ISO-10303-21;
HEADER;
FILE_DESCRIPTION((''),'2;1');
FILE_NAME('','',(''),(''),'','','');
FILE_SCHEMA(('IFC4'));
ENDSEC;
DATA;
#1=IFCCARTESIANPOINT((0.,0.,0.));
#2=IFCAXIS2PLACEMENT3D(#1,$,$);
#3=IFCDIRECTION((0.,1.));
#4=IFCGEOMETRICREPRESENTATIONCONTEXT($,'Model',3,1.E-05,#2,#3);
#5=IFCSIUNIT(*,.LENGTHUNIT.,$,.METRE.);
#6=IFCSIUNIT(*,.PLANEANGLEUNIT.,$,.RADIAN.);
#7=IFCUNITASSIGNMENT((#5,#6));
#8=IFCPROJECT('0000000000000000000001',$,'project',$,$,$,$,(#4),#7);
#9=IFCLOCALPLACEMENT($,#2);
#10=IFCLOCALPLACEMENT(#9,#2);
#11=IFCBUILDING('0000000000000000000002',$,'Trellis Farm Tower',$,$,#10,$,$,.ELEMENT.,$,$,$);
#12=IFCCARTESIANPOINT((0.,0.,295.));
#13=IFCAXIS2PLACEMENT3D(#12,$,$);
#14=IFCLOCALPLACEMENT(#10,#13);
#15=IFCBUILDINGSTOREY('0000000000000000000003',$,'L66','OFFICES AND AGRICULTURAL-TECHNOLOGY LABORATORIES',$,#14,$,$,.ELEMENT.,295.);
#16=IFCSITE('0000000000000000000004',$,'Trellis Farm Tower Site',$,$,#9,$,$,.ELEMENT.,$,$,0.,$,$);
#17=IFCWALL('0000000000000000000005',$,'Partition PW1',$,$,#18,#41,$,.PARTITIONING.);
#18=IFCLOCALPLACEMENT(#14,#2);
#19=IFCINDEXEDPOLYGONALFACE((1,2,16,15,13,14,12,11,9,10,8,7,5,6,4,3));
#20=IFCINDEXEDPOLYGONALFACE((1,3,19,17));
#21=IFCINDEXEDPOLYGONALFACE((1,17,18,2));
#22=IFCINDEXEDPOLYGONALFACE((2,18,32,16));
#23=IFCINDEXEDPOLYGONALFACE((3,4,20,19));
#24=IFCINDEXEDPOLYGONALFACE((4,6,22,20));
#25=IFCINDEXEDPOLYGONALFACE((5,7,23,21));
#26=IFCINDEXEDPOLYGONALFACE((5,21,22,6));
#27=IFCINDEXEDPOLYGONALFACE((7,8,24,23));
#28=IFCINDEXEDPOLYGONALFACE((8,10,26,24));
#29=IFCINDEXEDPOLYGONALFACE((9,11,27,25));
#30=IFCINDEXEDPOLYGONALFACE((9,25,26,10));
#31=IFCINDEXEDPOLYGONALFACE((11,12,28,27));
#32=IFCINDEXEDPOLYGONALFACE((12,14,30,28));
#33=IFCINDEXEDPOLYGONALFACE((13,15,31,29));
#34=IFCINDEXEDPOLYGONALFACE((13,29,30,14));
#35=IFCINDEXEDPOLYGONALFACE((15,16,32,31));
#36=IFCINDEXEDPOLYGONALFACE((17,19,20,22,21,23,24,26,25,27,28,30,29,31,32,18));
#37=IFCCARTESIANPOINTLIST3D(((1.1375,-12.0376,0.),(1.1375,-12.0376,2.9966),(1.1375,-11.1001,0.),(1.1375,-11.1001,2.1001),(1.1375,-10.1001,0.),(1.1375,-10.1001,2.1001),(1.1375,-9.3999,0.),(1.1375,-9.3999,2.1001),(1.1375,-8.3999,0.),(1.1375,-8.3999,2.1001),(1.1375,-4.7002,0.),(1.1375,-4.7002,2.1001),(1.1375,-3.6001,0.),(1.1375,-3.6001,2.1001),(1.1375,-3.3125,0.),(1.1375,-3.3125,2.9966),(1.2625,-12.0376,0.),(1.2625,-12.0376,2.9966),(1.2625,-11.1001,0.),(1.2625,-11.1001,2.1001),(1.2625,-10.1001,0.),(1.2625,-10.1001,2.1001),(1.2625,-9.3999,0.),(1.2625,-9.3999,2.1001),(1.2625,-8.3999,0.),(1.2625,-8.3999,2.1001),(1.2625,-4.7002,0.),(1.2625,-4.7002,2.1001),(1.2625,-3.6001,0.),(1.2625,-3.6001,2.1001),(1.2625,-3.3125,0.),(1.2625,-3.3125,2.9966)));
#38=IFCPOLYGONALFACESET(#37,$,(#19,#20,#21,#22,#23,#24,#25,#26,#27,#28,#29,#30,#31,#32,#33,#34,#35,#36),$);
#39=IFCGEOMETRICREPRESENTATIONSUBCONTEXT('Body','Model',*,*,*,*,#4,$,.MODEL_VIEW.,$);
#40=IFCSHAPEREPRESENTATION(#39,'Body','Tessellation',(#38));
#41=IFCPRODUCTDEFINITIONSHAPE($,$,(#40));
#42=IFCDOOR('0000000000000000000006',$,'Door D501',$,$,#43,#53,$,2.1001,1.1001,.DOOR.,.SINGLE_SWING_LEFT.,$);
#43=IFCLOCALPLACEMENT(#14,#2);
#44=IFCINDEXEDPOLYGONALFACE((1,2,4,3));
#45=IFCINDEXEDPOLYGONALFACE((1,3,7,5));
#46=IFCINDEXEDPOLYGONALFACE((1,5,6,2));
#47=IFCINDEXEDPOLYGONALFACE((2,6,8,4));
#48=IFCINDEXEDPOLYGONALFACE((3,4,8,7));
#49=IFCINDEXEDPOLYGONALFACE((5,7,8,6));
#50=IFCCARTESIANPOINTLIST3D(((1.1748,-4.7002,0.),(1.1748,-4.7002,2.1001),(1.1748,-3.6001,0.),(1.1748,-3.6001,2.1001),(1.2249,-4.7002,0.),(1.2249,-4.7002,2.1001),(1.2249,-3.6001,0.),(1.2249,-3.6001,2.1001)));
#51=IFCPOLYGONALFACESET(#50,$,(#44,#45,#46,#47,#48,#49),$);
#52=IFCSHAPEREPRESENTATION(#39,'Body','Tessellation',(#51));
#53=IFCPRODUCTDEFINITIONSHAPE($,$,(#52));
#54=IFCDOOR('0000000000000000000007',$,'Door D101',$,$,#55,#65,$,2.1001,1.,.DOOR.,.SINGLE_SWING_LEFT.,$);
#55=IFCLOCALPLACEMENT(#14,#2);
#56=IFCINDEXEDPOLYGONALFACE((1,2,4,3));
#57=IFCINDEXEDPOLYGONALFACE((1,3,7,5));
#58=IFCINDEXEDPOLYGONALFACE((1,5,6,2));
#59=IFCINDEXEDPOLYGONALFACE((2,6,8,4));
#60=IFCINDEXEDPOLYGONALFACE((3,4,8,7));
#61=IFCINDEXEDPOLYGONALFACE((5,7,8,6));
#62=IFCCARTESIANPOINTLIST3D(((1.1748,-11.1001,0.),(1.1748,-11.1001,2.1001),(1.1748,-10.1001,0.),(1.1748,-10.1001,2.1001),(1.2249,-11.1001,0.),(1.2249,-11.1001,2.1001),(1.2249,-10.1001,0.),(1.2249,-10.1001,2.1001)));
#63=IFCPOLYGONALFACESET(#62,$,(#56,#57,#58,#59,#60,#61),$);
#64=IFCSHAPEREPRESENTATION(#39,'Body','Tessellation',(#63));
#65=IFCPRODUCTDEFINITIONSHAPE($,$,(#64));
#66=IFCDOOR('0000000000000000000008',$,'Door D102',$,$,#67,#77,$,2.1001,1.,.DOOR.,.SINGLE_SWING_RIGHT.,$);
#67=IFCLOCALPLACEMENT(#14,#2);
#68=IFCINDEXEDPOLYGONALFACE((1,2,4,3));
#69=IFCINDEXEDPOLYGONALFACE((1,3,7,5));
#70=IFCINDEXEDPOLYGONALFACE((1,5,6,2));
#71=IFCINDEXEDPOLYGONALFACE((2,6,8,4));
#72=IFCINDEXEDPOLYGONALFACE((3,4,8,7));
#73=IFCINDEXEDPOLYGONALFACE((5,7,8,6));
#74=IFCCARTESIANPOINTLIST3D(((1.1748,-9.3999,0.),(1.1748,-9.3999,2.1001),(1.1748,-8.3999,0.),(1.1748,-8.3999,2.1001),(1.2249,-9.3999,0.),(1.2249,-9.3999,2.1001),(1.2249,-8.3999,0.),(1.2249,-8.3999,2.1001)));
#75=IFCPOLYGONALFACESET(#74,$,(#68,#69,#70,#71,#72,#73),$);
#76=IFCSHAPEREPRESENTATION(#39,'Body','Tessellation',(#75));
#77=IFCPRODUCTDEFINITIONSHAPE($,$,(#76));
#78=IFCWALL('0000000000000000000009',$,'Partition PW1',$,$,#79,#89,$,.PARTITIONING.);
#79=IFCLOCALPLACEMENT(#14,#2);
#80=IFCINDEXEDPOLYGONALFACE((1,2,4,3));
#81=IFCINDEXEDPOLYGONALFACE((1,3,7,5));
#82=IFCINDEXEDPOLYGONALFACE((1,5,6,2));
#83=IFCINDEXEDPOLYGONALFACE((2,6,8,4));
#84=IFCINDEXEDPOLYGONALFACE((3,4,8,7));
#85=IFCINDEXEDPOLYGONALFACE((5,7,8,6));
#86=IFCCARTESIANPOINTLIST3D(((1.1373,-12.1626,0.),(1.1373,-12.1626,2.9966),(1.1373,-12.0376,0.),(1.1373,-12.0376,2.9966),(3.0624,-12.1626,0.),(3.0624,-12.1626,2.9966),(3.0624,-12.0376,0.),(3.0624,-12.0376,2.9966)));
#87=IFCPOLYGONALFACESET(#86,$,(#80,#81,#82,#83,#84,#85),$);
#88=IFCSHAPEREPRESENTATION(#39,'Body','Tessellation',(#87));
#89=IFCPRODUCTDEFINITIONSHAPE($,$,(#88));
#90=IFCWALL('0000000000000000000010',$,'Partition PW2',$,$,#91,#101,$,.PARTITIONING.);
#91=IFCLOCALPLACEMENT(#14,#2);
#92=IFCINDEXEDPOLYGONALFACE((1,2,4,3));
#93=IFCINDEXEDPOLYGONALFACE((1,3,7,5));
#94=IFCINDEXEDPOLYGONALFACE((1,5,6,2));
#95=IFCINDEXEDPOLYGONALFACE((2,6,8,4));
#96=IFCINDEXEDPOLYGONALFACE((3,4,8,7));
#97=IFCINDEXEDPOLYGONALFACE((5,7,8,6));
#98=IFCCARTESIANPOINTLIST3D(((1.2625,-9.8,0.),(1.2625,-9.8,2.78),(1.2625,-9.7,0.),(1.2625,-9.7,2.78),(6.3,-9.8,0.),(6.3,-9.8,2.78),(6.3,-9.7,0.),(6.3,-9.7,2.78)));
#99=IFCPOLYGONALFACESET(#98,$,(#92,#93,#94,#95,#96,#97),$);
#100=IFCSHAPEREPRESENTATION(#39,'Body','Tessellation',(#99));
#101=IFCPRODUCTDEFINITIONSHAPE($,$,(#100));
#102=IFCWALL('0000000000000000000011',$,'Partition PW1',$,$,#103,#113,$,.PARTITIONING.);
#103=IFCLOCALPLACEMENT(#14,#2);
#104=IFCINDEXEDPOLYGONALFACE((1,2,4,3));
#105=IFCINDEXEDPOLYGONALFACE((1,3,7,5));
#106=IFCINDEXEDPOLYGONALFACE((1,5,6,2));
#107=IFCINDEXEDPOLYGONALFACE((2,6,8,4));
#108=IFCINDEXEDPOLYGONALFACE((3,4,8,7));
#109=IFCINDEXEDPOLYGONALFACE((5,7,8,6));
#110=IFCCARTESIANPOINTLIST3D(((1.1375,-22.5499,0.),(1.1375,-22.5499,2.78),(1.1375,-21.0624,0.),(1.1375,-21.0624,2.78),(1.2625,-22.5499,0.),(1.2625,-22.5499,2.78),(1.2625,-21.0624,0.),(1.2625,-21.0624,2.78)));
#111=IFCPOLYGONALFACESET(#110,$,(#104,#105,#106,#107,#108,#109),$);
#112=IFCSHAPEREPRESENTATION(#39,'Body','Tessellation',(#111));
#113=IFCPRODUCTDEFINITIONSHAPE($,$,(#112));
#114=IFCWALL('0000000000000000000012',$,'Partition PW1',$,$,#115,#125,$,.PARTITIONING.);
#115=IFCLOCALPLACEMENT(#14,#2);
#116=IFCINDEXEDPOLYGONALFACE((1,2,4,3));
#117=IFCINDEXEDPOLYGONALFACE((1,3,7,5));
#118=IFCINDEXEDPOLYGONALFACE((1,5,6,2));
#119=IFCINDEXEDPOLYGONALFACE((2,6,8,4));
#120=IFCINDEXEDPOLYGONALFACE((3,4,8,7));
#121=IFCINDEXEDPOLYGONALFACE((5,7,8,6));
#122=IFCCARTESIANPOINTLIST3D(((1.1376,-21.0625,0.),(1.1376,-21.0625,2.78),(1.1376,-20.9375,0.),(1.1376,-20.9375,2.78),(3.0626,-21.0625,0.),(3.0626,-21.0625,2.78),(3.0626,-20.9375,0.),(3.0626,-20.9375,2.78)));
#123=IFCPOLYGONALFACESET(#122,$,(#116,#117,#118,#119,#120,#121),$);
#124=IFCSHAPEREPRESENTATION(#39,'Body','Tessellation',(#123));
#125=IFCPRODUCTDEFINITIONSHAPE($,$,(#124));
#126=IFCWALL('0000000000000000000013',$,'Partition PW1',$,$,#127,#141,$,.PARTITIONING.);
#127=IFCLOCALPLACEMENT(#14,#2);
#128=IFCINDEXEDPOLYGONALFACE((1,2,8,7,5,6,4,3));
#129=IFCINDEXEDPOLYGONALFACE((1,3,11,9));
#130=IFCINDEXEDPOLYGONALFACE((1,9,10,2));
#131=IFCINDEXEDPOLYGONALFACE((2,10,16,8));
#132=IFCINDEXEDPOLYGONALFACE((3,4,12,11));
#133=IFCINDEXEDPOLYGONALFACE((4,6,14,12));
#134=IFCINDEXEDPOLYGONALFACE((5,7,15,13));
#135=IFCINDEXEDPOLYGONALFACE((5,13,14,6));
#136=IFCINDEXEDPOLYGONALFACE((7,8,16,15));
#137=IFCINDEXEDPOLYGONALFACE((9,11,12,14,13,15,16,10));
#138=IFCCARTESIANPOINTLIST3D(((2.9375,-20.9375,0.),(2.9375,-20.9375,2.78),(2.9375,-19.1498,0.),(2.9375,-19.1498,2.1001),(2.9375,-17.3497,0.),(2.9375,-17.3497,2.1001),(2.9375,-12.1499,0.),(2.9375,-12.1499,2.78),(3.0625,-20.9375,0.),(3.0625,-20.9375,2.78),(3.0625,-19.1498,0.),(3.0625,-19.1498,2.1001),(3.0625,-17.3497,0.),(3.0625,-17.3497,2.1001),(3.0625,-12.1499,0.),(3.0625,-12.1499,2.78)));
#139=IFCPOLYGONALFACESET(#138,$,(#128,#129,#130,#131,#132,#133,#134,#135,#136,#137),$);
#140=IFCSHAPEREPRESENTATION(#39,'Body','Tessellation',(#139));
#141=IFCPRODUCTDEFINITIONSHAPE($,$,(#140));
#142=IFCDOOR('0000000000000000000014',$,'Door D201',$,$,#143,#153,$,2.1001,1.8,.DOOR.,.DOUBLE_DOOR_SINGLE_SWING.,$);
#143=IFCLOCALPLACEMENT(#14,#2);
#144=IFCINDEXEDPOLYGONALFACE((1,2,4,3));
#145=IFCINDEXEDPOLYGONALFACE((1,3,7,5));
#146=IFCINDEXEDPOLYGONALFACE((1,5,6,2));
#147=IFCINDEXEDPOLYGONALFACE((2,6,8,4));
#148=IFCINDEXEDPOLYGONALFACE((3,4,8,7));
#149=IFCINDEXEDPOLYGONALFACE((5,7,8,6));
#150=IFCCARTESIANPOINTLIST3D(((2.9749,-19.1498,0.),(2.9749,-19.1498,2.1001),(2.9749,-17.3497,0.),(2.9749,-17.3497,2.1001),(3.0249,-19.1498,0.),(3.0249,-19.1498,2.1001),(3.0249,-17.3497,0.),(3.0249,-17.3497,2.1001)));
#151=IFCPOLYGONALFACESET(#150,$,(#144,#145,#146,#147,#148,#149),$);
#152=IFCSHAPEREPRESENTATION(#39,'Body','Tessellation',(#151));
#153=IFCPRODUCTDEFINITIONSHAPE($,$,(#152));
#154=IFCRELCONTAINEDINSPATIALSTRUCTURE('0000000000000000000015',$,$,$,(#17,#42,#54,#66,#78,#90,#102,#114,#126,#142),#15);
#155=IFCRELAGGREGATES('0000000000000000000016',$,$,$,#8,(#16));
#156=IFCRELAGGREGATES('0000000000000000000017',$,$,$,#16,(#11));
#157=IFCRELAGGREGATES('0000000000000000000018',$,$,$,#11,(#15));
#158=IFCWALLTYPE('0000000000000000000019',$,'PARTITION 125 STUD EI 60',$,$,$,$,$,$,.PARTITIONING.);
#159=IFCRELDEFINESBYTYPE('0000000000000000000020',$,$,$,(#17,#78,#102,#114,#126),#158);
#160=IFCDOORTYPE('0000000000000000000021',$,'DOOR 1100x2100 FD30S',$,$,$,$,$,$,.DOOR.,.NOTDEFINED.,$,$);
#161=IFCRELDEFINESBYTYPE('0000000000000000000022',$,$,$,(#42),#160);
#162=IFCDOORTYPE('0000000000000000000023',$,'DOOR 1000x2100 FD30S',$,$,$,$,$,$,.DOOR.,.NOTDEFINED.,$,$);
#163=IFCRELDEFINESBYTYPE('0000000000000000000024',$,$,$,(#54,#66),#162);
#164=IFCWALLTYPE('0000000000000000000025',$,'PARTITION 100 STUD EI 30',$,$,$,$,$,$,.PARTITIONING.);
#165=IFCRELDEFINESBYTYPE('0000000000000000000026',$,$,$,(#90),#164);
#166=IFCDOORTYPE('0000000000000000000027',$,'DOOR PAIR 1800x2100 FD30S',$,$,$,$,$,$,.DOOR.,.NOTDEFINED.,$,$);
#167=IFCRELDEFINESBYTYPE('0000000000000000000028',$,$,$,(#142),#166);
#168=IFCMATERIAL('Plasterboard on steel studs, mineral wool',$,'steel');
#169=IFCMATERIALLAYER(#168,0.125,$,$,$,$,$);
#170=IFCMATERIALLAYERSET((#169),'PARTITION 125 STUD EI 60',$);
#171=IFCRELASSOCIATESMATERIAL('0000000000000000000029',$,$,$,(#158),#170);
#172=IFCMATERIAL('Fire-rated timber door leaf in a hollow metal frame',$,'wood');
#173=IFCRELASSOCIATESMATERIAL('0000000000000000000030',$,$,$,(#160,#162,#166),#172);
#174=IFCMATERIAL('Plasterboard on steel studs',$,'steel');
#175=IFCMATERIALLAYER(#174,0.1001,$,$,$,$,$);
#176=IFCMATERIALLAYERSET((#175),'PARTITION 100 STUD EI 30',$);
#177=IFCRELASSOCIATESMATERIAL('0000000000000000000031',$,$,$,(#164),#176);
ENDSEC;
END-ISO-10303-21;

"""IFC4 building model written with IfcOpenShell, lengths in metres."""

from ifc_helpers import new_model, si_unit, direction, frame, frame_2d, origin, place, context, subcontext, project, spatial, rectangle, extrude, source, transform, mapped, material, layer, layer_set, type_object, element, fill, save


model = new_model("IFC4")

# Units and contexts
model_context = context("Model", 3, precision=1e-05, world=origin(), true_north=direction((0.0, 1.0)))
body_context = subcontext(model_context, "Body", "Model", "MODEL_VIEW")
ifc_project = project(units=[si_unit("LENGTHUNIT", "METRE"), si_unit("PLANEANGLEUNIT", "RADIAN")], contexts=[model_context])

# Site, building, storey
site_placement = place(None, origin())
site = spatial("IfcSite", under=ifc_project, at=site_placement, Name="Trellis Farm Tower Site", CompositionType="ELEMENT", RefElevation=0.0)
building_placement = place(site_placement, origin())
building = spatial("IfcBuilding", under=site, at=building_placement, Name="Trellis Farm Tower", CompositionType="ELEMENT")
storey_placement = place(building_placement, frame((0.0, 0.0, 295.0)))
storey = spatial("IfcBuildingStorey", under=building, at=storey_placement, Name="L66", Description="OFFICES AND AGRICULTURAL-TECHNOLOGY LABORATORIES", CompositionType="ELEMENT", Elevation=295.0)

# Wall, openings, doors
ifc_material_1 = material(Name="Plasterboard on steel studs, mineral wool", Category="steel")
ifc_layer_1 = layer(ifc_material_1, 0.125)
ifc_layer_set_1 = layer_set([ifc_layer_1], Name="PARTITION 125 STUD EI 60")
wall_type_1 = type_object("IfcWallType", Name="PARTITION 125 STUD EI 60", PredefinedType="PARTITIONING", material=ifc_layer_set_1)
shared_shape_1 = source(origin(), body_context, "Body", "SweptSolid", [
    extrude(rectangle(XDim=8.7251, YDim=0.125, at=frame_2d((4.3625, 0.0))), origin(), (0.0, 0.0, 1.0), 2.9966),
])
wall_1_placement = place(storey_placement, frame((1.2, -3.3125, 0.0), z_axis=(0.0, 0.0, 1.0), x_axis=(0.0, -1.0, 0.0)))
wall_1 = element("IfcWall", 1, at=wall_1_placement, inside=storey, type_object=wall_type_1, Name="Partition PW1", PredefinedType="PARTITIONING", context=body_context, shape_type="MappedRepresentation", body=[
    mapped(shared_shape_1, transform((0.0, 0.0, 0.0))),
])
shared_shape_2 = source(origin(), body_context, "Body", "SweptSolid", [
    extrude(rectangle(XDim=1.0, YDim=2.1001, at=frame_2d((0.5, 1.05))), frame((0.0, 0.0725, 0.0), z_axis=(0.0, -1.0, 0.0), x_axis=(1.0, 0.0, 0.0)), (0.0, 0.0, 1.0), 0.145),
])
opening_1_placement = place(wall_1_placement, frame((6.7876, 0.0, 0.0)))
opening_1 = element("IfcOpeningElement", 2, at=opening_1_placement, cuts=wall_1, PredefinedType="OPENING", context=body_context, shape_type="MappedRepresentation", body=[
    mapped(shared_shape_2, transform((0.0, 0.0, 0.0))),
])
opening_2_placement = place(wall_1_placement, frame((5.0874, 0.0, 0.0)))
opening_2 = element("IfcOpeningElement", 3, at=opening_2_placement, cuts=wall_1, PredefinedType="OPENING", context=body_context, shape_type="MappedRepresentation", body=[
    mapped(shared_shape_2, transform((0.0, 0.0, 0.0))),
])
shared_shape_3 = source(origin(), body_context, "Body", "SweptSolid", [
    extrude(rectangle(XDim=1.1001, YDim=2.1001, at=frame_2d((0.55, 1.05))), frame((0.0, 0.0725, 0.0), z_axis=(0.0, -1.0, 0.0), x_axis=(1.0, 0.0, 0.0)), (0.0, 0.0, 1.0), 0.145),
])
opening_3_placement = place(wall_1_placement, frame((0.2876, 0.0, 0.0)))
opening_3 = element("IfcOpeningElement", 4, at=opening_3_placement, cuts=wall_1, PredefinedType="OPENING", context=body_context, shape_type="MappedRepresentation", body=[
    mapped(shared_shape_3, transform((0.0, 0.0, 0.0))),
])
ifc_material_2 = material(Name="Fire-rated timber door leaf in a hollow metal frame", Category="wood")
door_type_1 = type_object("IfcDoorType", Name="DOOR 1100x2100 FD30S", OperationType="NOTDEFINED", PredefinedType="DOOR", material=ifc_material_2)
shared_shape_4 = source(origin(), body_context, "Body", "SweptSolid", [
    extrude(rectangle(XDim=1.1001, YDim=2.1001, at=frame_2d((0.55, 1.05))), frame((0.0, 0.0249, 0.0), z_axis=(0.0, -1.0, 0.0), x_axis=(1.0, 0.0, 0.0)), (0.0, 0.0, 1.0), 0.05),
])
door_1_placement = place(opening_3_placement, origin())
door_1 = element("IfcDoor", 5, at=door_1_placement, inside=storey, type_object=door_type_1, Name="Door D501", OperationType="SINGLE_SWING_LEFT", OverallHeight=2.1001, OverallWidth=1.1001, PredefinedType="DOOR", context=body_context, shape_type="MappedRepresentation", body=[
    mapped(shared_shape_4, transform((0.0, 0.0, 0.0))),
])
fill(opening_3, door_1)
door_type_2 = type_object("IfcDoorType", Name="DOOR 1000x2100 FD30S", OperationType="NOTDEFINED", PredefinedType="DOOR", material=ifc_material_2)
shared_shape_5 = source(origin(), body_context, "Body", "SweptSolid", [
    extrude(rectangle(XDim=1.0, YDim=2.1001, at=frame_2d((0.5, 1.05))), frame((0.0, 0.0249, 0.0), z_axis=(0.0, -1.0, 0.0), x_axis=(1.0, 0.0, 0.0)), (0.0, 0.0, 1.0), 0.05),
])
door_2_placement = place(opening_1_placement, origin())
door_2 = element("IfcDoor", 6, at=door_2_placement, inside=storey, type_object=door_type_2, Name="Door D101", OperationType="SINGLE_SWING_LEFT", OverallHeight=2.1001, OverallWidth=1.0, PredefinedType="DOOR", context=body_context, shape_type="MappedRepresentation", body=[
    mapped(shared_shape_5, transform((0.0, 0.0, 0.0))),
])
fill(opening_1, door_2)
door_3_placement = place(opening_2_placement, origin())
door_3 = element("IfcDoor", 7, at=door_3_placement, inside=storey, type_object=door_type_2, Name="Door D102", OperationType="SINGLE_SWING_RIGHT", OverallHeight=2.1001, OverallWidth=1.0, PredefinedType="DOOR", context=body_context, shape_type="MappedRepresentation", body=[
    mapped(shared_shape_5, transform((0.0, 0.0, 0.0))),
])
fill(opening_2, door_3)

# Walls
shared_shape_6 = source(origin(), body_context, "Body", "SweptSolid", [
    extrude(rectangle(XDim=1.925, YDim=0.125, at=frame_2d((0.9624, 0.0))), origin(), (0.0, 0.0, 1.0), 2.9966),
])
wall_2_placement = place(storey_placement, frame((1.1375, -12.1001, 0.0), z_axis=(0.0, 0.0, 1.0), x_axis=(1.0, 0.0, 0.0)))
element("IfcWall", 8, at=wall_2_placement, inside=storey, type_object=wall_type_1, Name="Partition PW1", PredefinedType="PARTITIONING", context=body_context, shape_type="MappedRepresentation", body=[
    mapped(shared_shape_6, transform((0.0, 0.0, 0.0))),
])
ifc_material_3 = material(Name="Plasterboard on steel studs", Category="steel")
ifc_layer_2 = layer(ifc_material_3, 0.1001)
ifc_layer_set_2 = layer_set([ifc_layer_2], Name="PARTITION 100 STUD EI 30")
wall_type_2 = type_object("IfcWallType", Name="PARTITION 100 STUD EI 30", PredefinedType="PARTITIONING", material=ifc_layer_set_2)
shared_shape_7 = source(origin(), body_context, "Body", "SweptSolid", [
    extrude(rectangle(XDim=5.0376, YDim=0.1001, at=frame_2d((2.5188, 0.0))), origin(), (0.0, 0.0, 1.0), 2.78),
])
wall_3_placement = place(storey_placement, frame((1.2625, -9.75, 0.0), z_axis=(0.0, 0.0, 1.0), x_axis=(1.0, 0.0, 0.0)))
element("IfcWall", 9, at=wall_3_placement, inside=storey, type_object=wall_type_2, Name="Partition PW2", PredefinedType="PARTITIONING", context=body_context, shape_type="MappedRepresentation", body=[
    mapped(shared_shape_7, transform((0.0, 0.0, 0.0))),
])
shared_shape_8 = source(origin(), body_context, "Body", "SweptSolid", [
    extrude(rectangle(XDim=1.4875, YDim=0.125, at=frame_2d((0.7437, 0.0))), origin(), (0.0, 0.0, 1.0), 2.78),
])
wall_4_placement = place(storey_placement, frame((1.2, -21.0625, 0.0), z_axis=(0.0, 0.0, 1.0), x_axis=(0.0, -1.0, 0.0)))
element("IfcWall", 10, at=wall_4_placement, inside=storey, type_object=wall_type_1, Name="Partition PW1", PredefinedType="PARTITIONING", context=body_context, shape_type="MappedRepresentation", body=[
    mapped(shared_shape_8, transform((0.0, 0.0, 0.0))),
])
shared_shape_9 = source(origin(), body_context, "Body", "SweptSolid", [
    extrude(rectangle(XDim=1.925, YDim=0.125, at=frame_2d((0.9624, 0.0))), origin(), (0.0, 0.0, 1.0), 2.78),
])
wall_5_placement = place(storey_placement, frame((3.0625, -21.0, 0.0), z_axis=(0.0, 0.0, 1.0), x_axis=(-1.0, 0.0, 0.0)))
element("IfcWall", 11, at=wall_5_placement, inside=storey, type_object=wall_type_1, Name="Partition PW1", PredefinedType="PARTITIONING", context=body_context, shape_type="MappedRepresentation", body=[
    mapped(shared_shape_9, transform((0.0, 0.0, 0.0))),
])

# Wall, opening, door
shared_shape_10 = source(origin(), body_context, "Body", "SweptSolid", [
    extrude(rectangle(XDim=8.7876, YDim=0.125, at=frame_2d((4.3938, 0.0))), origin(), (0.0, 0.0, 1.0), 2.78),
])
wall_6_placement = place(storey_placement, frame((3.0, -12.1499, 0.0), z_axis=(0.0, 0.0, 1.0), x_axis=(0.0, -1.0, 0.0)))
wall_6 = element("IfcWall", 12, at=wall_6_placement, inside=storey, type_object=wall_type_1, Name="Partition PW1", PredefinedType="PARTITIONING", context=body_context, shape_type="MappedRepresentation", body=[
    mapped(shared_shape_10, transform((0.0, 0.0, 0.0))),
])
shared_shape_11 = source(origin(), body_context, "Body", "SweptSolid", [
    extrude(rectangle(XDim=1.8, YDim=2.1001, at=frame_2d((0.8999, 1.05))), frame((0.0, 0.0725, 0.0), z_axis=(0.0, -1.0, 0.0), x_axis=(1.0, 0.0, 0.0)), (0.0, 0.0, 1.0), 0.145),
])
opening_4_placement = place(wall_6_placement, frame((5.2, 0.0, 0.0)))
opening_4 = element("IfcOpeningElement", 13, at=opening_4_placement, cuts=wall_6, PredefinedType="OPENING", context=body_context, shape_type="MappedRepresentation", body=[
    mapped(shared_shape_11, transform((0.0, 0.0, 0.0))),
])
door_type_3 = type_object("IfcDoorType", Name="DOOR PAIR 1800x2100 FD30S", OperationType="NOTDEFINED", PredefinedType="DOOR", material=ifc_material_2)
shared_shape_12 = source(origin(), body_context, "Body", "SweptSolid", [
    extrude(rectangle(XDim=1.8, YDim=2.1001, at=frame_2d((0.8999, 1.05))), frame((0.0, 0.0249, 0.0), z_axis=(0.0, -1.0, 0.0), x_axis=(1.0, 0.0, 0.0)), (0.0, 0.0, 1.0), 0.05),
])
door_4_placement = place(opening_4_placement, origin())
door_4 = element("IfcDoor", 14, at=door_4_placement, inside=storey, type_object=door_type_3, Name="Door D201", OperationType="DOUBLE_DOOR_SINGLE_SWING", OverallHeight=2.1001, OverallWidth=1.8, PredefinedType="DOOR", context=body_context, shape_type="MappedRepresentation", body=[
    mapped(shared_shape_12, transform((0.0, 0.0, 0.0))),
])
fill(opening_4, door_4)

save(model, "model.ifc")
